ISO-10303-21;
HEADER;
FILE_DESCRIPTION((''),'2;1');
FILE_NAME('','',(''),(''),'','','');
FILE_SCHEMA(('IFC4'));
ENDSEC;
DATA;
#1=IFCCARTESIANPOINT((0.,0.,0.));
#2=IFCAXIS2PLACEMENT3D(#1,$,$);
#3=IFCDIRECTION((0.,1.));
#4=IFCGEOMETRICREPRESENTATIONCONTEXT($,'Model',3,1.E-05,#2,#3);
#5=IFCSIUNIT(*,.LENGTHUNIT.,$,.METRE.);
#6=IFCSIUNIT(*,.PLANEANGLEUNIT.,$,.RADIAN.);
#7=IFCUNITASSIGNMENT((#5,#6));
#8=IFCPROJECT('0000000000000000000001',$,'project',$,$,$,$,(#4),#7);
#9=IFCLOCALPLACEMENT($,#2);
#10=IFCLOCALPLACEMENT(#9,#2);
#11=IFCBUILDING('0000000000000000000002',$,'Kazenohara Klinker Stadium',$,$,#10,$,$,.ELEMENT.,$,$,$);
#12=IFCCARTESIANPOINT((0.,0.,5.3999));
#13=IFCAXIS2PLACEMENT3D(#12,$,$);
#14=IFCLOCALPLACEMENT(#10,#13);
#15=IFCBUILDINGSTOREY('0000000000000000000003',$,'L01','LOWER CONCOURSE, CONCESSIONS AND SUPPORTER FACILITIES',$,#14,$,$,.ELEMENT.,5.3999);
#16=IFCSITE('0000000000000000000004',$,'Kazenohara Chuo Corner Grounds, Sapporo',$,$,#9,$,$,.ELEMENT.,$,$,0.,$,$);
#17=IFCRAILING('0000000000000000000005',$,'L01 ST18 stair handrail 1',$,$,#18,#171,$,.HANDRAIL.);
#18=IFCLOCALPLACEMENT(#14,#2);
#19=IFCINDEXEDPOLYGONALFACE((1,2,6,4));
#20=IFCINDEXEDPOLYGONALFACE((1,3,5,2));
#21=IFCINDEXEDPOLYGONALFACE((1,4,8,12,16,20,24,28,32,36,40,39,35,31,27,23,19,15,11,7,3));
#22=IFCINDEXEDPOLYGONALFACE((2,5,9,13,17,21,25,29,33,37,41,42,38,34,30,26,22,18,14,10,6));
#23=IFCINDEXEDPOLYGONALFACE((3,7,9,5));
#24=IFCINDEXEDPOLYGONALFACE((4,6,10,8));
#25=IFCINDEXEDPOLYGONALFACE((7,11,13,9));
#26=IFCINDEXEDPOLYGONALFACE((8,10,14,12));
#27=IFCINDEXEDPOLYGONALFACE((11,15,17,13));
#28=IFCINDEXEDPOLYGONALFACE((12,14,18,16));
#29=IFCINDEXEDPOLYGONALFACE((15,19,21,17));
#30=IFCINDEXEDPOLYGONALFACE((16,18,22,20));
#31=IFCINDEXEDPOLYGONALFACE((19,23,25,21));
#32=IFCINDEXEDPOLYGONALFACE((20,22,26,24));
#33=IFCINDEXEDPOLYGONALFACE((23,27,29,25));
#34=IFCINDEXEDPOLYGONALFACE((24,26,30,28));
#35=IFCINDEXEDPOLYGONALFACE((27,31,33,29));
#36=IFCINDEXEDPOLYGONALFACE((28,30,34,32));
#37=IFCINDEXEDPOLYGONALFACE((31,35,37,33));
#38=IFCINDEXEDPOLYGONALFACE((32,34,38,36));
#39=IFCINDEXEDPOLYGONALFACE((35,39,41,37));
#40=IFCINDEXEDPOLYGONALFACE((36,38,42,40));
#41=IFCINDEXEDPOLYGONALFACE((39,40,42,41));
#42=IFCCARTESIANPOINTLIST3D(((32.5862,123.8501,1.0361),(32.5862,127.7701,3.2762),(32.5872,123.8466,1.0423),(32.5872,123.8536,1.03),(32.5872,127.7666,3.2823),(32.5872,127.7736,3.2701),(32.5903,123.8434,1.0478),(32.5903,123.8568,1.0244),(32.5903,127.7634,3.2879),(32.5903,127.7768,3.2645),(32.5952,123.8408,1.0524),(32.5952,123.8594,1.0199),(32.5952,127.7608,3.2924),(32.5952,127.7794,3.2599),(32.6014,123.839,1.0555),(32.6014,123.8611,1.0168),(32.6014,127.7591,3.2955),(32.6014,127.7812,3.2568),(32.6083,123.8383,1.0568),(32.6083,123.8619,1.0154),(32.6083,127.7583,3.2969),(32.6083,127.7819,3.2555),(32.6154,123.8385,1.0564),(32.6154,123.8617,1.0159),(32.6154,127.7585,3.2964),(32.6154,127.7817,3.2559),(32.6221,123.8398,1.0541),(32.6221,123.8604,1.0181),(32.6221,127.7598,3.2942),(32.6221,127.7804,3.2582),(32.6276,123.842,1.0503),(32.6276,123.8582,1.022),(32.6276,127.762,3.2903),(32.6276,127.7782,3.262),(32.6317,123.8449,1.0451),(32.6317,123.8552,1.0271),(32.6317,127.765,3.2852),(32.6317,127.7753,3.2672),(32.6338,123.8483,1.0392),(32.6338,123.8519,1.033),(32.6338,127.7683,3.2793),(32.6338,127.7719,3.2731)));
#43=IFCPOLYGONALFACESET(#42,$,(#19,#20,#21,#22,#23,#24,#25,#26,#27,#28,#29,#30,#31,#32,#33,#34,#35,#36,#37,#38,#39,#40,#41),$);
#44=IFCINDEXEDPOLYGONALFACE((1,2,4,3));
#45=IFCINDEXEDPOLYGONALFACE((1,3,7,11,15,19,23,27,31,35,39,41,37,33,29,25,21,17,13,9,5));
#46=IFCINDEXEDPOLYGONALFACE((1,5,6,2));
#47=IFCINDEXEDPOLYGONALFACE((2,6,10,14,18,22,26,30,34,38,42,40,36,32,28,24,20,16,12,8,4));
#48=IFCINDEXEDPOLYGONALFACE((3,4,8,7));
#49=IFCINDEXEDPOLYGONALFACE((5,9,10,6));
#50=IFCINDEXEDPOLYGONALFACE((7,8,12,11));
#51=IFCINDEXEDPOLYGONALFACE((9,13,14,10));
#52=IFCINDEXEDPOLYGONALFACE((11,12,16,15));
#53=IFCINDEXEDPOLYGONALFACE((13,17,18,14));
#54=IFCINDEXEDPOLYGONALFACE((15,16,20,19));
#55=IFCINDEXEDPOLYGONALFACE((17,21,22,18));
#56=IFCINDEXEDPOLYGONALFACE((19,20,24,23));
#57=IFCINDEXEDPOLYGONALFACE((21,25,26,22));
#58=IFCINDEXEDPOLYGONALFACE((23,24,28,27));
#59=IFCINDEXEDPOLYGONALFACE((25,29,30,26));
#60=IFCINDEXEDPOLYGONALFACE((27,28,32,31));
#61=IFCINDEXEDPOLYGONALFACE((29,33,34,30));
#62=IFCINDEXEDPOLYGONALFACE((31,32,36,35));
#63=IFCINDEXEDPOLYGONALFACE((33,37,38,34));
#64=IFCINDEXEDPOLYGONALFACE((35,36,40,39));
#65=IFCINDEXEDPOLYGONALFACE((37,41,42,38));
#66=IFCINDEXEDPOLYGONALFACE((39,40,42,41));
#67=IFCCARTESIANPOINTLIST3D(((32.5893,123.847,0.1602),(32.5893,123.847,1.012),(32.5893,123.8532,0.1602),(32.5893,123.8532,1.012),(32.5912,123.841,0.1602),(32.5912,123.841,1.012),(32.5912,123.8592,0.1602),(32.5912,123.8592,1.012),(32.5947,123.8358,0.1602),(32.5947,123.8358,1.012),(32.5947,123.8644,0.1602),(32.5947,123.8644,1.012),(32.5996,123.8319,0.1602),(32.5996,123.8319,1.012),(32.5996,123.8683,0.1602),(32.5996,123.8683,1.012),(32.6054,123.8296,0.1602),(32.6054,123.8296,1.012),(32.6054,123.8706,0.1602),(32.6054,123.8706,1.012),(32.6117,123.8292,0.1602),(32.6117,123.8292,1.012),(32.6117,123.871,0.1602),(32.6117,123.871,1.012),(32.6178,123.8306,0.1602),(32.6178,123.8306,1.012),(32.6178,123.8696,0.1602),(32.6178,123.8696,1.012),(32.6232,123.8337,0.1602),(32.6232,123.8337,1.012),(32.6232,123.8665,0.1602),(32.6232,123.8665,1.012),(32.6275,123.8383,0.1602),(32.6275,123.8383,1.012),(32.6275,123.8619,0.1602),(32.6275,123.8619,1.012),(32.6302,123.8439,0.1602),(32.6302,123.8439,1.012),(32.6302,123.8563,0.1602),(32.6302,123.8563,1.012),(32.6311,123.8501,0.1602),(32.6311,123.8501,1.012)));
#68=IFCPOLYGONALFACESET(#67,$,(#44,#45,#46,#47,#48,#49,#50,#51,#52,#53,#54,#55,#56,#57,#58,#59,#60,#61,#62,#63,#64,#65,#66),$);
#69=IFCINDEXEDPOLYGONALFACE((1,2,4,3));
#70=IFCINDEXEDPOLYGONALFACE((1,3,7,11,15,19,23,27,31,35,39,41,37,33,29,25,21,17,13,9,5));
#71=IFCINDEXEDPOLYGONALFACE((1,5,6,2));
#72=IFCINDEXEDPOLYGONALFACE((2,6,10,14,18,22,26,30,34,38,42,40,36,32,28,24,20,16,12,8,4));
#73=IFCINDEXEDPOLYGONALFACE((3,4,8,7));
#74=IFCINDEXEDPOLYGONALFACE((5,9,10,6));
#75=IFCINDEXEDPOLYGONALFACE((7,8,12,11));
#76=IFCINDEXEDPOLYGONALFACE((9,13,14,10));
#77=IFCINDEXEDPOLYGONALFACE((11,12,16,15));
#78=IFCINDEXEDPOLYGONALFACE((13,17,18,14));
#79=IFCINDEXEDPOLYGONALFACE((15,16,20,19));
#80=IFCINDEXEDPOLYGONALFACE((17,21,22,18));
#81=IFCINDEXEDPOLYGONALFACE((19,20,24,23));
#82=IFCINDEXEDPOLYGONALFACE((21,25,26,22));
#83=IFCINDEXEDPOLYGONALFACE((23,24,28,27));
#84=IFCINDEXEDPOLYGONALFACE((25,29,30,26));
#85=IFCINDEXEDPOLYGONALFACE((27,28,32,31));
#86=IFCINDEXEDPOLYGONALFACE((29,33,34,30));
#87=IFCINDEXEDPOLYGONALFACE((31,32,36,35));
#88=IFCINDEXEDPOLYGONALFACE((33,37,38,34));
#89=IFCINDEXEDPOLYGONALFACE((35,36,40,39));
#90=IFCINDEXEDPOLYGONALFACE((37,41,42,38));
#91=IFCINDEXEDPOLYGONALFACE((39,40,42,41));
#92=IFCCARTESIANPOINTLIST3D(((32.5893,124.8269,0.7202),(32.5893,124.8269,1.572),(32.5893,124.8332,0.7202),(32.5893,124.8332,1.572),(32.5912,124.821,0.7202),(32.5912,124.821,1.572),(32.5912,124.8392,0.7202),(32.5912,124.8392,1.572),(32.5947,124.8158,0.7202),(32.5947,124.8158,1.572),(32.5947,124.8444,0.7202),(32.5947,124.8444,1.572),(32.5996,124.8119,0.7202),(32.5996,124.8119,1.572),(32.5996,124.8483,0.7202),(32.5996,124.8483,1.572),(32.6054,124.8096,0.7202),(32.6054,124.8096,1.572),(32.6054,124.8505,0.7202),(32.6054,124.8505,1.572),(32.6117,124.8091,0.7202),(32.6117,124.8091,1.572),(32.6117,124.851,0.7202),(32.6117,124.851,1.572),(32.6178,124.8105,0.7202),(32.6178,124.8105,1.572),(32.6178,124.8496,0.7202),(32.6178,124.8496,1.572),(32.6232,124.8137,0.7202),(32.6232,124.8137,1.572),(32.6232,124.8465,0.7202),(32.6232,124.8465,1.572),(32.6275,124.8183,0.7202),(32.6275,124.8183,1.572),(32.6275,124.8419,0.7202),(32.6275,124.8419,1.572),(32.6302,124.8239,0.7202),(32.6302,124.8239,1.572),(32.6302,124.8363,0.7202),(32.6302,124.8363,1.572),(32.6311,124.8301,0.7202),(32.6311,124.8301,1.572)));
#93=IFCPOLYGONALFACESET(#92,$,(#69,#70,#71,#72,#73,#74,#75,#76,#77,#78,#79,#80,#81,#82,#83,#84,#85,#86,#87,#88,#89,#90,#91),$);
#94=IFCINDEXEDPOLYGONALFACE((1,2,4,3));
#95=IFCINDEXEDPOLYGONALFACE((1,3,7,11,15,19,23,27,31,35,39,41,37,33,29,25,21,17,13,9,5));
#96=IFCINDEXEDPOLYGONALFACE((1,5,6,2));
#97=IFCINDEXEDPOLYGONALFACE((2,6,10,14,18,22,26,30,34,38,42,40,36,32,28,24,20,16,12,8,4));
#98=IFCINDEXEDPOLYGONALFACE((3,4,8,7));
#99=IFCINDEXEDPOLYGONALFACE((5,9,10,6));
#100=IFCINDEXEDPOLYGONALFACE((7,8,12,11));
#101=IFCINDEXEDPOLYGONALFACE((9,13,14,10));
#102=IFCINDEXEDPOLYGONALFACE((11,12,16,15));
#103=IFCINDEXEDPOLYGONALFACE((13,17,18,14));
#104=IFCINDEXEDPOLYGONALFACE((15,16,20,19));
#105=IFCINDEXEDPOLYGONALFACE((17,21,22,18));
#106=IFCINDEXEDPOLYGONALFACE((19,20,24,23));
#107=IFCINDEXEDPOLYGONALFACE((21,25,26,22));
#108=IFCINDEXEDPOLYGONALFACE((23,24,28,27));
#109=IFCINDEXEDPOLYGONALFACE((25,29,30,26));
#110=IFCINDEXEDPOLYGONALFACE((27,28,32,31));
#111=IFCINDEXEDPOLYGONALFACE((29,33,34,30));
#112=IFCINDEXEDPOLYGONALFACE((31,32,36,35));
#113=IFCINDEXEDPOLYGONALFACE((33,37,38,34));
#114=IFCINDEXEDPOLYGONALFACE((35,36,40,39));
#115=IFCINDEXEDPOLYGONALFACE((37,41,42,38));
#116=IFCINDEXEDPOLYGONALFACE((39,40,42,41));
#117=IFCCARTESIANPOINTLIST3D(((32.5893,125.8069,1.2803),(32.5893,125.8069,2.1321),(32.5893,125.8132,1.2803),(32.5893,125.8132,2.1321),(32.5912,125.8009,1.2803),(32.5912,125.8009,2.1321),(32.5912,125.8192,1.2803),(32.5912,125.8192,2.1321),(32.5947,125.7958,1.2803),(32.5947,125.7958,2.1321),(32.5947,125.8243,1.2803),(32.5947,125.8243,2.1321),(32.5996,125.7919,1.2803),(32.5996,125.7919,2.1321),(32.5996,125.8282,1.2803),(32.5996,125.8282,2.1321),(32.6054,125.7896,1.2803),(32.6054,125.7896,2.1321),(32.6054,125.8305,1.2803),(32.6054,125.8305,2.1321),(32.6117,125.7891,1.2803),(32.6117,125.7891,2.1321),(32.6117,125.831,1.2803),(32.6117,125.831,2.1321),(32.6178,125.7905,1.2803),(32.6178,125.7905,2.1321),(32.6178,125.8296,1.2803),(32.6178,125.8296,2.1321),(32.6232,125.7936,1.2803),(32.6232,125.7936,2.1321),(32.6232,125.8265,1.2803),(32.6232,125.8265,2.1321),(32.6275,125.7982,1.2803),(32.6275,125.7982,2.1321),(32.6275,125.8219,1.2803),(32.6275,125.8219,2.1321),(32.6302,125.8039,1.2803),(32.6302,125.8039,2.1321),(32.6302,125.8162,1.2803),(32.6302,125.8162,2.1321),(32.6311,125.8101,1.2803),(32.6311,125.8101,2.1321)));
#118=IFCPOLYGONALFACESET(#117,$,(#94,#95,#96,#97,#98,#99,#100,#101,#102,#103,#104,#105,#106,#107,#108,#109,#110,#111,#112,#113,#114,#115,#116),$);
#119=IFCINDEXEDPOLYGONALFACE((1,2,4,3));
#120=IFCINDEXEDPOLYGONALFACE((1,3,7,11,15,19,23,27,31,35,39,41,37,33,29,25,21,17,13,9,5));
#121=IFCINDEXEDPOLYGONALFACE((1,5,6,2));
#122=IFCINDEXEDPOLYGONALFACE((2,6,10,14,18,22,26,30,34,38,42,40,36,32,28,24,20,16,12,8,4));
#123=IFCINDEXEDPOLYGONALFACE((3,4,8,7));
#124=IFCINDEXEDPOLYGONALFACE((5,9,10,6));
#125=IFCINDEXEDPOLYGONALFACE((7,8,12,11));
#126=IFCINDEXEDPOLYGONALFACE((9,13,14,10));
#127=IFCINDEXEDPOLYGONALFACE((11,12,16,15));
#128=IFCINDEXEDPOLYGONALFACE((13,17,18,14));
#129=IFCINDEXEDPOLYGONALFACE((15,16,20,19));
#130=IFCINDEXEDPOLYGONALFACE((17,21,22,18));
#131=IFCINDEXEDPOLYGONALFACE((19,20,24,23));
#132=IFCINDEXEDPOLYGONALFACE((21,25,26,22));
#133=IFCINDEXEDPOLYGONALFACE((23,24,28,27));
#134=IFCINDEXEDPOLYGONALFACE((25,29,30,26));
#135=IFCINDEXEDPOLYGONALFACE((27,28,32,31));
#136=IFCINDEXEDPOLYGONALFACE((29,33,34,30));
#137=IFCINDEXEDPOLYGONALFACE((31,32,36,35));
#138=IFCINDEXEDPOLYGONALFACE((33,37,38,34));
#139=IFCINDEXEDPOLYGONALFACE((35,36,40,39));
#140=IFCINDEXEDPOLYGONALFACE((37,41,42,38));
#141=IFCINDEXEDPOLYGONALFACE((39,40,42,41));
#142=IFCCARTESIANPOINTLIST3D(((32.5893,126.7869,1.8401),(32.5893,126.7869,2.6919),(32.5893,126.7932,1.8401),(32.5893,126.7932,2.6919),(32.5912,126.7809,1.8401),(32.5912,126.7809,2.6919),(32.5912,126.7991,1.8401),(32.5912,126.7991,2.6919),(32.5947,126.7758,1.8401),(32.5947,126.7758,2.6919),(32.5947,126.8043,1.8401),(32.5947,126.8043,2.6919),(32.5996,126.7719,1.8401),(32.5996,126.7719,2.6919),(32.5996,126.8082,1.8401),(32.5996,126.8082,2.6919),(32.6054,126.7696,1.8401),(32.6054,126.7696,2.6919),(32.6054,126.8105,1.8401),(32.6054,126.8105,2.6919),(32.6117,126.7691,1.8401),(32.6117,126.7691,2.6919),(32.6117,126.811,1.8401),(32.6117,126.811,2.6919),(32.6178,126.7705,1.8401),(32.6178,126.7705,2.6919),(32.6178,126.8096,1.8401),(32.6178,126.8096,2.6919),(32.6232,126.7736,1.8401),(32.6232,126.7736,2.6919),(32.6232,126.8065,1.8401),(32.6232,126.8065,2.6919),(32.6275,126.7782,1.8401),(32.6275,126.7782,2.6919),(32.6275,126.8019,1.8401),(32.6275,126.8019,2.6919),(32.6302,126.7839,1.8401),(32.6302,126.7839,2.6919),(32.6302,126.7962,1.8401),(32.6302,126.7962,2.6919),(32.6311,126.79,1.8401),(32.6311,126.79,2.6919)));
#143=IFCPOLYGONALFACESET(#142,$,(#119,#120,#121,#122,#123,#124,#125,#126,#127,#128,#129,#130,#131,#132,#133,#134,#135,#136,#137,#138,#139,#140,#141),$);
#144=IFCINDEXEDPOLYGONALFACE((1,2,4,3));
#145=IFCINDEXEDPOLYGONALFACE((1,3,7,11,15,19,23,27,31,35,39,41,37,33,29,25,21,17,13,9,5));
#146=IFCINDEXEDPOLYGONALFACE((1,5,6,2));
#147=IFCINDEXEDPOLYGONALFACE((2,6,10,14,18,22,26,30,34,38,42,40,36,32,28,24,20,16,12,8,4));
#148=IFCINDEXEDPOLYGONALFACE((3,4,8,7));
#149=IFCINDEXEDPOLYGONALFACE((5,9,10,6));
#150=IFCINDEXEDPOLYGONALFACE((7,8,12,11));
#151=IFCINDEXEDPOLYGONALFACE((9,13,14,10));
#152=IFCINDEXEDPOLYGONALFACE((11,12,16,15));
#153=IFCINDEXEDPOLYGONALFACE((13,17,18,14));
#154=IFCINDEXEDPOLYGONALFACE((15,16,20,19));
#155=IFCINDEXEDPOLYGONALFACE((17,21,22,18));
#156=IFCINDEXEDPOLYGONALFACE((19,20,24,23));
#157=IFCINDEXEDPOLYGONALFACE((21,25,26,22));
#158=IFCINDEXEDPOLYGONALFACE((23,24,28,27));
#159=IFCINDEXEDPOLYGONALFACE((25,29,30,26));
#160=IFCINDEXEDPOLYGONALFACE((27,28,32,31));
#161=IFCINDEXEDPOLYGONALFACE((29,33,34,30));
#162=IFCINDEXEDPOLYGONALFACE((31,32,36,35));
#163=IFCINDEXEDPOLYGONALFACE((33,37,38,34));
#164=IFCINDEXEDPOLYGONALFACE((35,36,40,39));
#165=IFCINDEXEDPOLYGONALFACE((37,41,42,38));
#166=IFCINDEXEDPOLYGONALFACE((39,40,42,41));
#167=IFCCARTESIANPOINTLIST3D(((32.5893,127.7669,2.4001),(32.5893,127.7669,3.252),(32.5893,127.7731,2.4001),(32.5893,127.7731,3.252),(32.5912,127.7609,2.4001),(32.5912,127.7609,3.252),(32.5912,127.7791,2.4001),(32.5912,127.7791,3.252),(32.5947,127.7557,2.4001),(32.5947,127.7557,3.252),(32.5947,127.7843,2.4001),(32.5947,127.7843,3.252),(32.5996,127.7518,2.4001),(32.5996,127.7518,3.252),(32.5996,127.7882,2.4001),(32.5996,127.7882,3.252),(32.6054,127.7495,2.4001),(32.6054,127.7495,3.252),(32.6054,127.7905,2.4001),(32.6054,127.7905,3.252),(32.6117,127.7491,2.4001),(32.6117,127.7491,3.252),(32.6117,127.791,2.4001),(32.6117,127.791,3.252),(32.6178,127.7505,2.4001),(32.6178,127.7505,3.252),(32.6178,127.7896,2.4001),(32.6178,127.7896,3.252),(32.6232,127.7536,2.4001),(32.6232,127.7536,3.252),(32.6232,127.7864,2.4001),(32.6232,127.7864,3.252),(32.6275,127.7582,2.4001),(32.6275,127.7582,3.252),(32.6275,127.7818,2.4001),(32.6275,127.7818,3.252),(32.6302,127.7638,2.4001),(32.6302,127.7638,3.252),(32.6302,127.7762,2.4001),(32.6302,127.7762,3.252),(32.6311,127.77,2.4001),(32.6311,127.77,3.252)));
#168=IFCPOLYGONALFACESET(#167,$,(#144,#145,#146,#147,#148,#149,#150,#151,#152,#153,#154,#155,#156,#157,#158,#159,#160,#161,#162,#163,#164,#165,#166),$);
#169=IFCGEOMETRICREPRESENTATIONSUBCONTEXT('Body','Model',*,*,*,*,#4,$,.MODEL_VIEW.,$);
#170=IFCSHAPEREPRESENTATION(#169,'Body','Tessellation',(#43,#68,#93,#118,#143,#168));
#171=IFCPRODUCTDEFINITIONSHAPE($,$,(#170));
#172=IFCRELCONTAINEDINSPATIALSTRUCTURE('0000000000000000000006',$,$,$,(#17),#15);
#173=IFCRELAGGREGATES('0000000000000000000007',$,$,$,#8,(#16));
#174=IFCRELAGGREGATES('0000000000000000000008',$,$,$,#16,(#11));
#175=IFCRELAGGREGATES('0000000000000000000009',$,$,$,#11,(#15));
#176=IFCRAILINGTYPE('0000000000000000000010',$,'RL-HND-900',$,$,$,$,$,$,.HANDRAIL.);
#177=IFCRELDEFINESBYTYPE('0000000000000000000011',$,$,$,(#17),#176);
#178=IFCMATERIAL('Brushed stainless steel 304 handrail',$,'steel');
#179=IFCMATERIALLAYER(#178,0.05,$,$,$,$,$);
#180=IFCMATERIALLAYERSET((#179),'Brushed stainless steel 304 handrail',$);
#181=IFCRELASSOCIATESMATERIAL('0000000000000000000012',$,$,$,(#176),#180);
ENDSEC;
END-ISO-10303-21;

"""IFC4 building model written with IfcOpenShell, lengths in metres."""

from ifc_helpers import new_model, si_unit, direction, frame, origin, origin_2d, place, context, subcontext, project, spatial, circle, extrude, material, layer, layer_set, type_object, element, save


model = new_model("IFC4")

# Units and contexts
model_context = context("Model", 3, precision=1e-05, world=origin(), true_north=direction((0.0, 1.0)))
body_context = subcontext(model_context, "Body", "Model", "MODEL_VIEW")
ifc_project = project(units=[si_unit("LENGTHUNIT", "METRE"), si_unit("PLANEANGLEUNIT", "RADIAN")], contexts=[model_context])

# Site, building, storey
site_placement = place(None, origin())
site = spatial("IfcSite", under=ifc_project, at=site_placement, Name="Kazenohara Chuo Corner Grounds, Sapporo", CompositionType="ELEMENT", RefElevation=0.0)
building_placement = place(site_placement, origin())
building = spatial("IfcBuilding", under=site, at=building_placement, Name="Kazenohara Klinker Stadium", CompositionType="ELEMENT")
storey_placement = place(building_placement, frame((0.0, 0.0, 5.3999)))
storey = spatial("IfcBuildingStorey", under=building, at=storey_placement, Name="L01", Description="LOWER CONCOURSE, CONCESSIONS AND SUPPORTER FACILITIES", CompositionType="ELEMENT", Elevation=5.3999)

# Railing
ifc_material_1 = material(Name="Brushed stainless steel 304 handrail", Category="steel")
ifc_layer_1 = layer(ifc_material_1, 0.05)
ifc_layer_set_1 = layer_set([ifc_layer_1], Name="Brushed stainless steel 304 handrail")
railing_type_1 = type_object("IfcRailingType", Name="RL-HND-900", PredefinedType="HANDRAIL", material=ifc_layer_set_1)
railing_1_placement = place(storey_placement, frame((32.6101, 123.8501, 0.1602)))
element("IfcRailing", 1, at=railing_1_placement, inside=storey, type_object=railing_type_1, Name="L01 ST18 stair handrail 1", PredefinedType="HANDRAIL", context=body_context, shape_type="SweptSolid", body=[
    extrude(circle(Radius=0.0239, at=origin_2d()), frame((0.0, 0.0, 0.876), z_axis=(0.0, 0.86824, 0.496145), x_axis=(-1.0, 0.0, 0.0)), (0.0, 0.0, 1.0), 4.5149),
    extrude(circle(Radius=0.021, at=origin_2d()), origin(), (0.0, 0.0, 1.0), 0.8518),
    extrude(circle(Radius=0.021, at=origin_2d()), frame((0.0, 0.98, 0.5601)), (0.0, 0.0, 1.0), 0.8518),
    extrude(circle(Radius=0.021, at=origin_2d()), frame((0.0, 1.96, 1.1201)), (0.0, 0.0, 1.0), 0.8518),
    extrude(circle(Radius=0.021, at=origin_2d()), frame((0.0, 2.9399, 1.6799)), (0.0, 0.0, 1.0), 0.8518),
    extrude(circle(Radius=0.021, at=origin_2d()), frame((0.0, 3.9199, 2.24)), (0.0, 0.0, 1.0), 0.8518),
])

save(model, "model.ifc")
